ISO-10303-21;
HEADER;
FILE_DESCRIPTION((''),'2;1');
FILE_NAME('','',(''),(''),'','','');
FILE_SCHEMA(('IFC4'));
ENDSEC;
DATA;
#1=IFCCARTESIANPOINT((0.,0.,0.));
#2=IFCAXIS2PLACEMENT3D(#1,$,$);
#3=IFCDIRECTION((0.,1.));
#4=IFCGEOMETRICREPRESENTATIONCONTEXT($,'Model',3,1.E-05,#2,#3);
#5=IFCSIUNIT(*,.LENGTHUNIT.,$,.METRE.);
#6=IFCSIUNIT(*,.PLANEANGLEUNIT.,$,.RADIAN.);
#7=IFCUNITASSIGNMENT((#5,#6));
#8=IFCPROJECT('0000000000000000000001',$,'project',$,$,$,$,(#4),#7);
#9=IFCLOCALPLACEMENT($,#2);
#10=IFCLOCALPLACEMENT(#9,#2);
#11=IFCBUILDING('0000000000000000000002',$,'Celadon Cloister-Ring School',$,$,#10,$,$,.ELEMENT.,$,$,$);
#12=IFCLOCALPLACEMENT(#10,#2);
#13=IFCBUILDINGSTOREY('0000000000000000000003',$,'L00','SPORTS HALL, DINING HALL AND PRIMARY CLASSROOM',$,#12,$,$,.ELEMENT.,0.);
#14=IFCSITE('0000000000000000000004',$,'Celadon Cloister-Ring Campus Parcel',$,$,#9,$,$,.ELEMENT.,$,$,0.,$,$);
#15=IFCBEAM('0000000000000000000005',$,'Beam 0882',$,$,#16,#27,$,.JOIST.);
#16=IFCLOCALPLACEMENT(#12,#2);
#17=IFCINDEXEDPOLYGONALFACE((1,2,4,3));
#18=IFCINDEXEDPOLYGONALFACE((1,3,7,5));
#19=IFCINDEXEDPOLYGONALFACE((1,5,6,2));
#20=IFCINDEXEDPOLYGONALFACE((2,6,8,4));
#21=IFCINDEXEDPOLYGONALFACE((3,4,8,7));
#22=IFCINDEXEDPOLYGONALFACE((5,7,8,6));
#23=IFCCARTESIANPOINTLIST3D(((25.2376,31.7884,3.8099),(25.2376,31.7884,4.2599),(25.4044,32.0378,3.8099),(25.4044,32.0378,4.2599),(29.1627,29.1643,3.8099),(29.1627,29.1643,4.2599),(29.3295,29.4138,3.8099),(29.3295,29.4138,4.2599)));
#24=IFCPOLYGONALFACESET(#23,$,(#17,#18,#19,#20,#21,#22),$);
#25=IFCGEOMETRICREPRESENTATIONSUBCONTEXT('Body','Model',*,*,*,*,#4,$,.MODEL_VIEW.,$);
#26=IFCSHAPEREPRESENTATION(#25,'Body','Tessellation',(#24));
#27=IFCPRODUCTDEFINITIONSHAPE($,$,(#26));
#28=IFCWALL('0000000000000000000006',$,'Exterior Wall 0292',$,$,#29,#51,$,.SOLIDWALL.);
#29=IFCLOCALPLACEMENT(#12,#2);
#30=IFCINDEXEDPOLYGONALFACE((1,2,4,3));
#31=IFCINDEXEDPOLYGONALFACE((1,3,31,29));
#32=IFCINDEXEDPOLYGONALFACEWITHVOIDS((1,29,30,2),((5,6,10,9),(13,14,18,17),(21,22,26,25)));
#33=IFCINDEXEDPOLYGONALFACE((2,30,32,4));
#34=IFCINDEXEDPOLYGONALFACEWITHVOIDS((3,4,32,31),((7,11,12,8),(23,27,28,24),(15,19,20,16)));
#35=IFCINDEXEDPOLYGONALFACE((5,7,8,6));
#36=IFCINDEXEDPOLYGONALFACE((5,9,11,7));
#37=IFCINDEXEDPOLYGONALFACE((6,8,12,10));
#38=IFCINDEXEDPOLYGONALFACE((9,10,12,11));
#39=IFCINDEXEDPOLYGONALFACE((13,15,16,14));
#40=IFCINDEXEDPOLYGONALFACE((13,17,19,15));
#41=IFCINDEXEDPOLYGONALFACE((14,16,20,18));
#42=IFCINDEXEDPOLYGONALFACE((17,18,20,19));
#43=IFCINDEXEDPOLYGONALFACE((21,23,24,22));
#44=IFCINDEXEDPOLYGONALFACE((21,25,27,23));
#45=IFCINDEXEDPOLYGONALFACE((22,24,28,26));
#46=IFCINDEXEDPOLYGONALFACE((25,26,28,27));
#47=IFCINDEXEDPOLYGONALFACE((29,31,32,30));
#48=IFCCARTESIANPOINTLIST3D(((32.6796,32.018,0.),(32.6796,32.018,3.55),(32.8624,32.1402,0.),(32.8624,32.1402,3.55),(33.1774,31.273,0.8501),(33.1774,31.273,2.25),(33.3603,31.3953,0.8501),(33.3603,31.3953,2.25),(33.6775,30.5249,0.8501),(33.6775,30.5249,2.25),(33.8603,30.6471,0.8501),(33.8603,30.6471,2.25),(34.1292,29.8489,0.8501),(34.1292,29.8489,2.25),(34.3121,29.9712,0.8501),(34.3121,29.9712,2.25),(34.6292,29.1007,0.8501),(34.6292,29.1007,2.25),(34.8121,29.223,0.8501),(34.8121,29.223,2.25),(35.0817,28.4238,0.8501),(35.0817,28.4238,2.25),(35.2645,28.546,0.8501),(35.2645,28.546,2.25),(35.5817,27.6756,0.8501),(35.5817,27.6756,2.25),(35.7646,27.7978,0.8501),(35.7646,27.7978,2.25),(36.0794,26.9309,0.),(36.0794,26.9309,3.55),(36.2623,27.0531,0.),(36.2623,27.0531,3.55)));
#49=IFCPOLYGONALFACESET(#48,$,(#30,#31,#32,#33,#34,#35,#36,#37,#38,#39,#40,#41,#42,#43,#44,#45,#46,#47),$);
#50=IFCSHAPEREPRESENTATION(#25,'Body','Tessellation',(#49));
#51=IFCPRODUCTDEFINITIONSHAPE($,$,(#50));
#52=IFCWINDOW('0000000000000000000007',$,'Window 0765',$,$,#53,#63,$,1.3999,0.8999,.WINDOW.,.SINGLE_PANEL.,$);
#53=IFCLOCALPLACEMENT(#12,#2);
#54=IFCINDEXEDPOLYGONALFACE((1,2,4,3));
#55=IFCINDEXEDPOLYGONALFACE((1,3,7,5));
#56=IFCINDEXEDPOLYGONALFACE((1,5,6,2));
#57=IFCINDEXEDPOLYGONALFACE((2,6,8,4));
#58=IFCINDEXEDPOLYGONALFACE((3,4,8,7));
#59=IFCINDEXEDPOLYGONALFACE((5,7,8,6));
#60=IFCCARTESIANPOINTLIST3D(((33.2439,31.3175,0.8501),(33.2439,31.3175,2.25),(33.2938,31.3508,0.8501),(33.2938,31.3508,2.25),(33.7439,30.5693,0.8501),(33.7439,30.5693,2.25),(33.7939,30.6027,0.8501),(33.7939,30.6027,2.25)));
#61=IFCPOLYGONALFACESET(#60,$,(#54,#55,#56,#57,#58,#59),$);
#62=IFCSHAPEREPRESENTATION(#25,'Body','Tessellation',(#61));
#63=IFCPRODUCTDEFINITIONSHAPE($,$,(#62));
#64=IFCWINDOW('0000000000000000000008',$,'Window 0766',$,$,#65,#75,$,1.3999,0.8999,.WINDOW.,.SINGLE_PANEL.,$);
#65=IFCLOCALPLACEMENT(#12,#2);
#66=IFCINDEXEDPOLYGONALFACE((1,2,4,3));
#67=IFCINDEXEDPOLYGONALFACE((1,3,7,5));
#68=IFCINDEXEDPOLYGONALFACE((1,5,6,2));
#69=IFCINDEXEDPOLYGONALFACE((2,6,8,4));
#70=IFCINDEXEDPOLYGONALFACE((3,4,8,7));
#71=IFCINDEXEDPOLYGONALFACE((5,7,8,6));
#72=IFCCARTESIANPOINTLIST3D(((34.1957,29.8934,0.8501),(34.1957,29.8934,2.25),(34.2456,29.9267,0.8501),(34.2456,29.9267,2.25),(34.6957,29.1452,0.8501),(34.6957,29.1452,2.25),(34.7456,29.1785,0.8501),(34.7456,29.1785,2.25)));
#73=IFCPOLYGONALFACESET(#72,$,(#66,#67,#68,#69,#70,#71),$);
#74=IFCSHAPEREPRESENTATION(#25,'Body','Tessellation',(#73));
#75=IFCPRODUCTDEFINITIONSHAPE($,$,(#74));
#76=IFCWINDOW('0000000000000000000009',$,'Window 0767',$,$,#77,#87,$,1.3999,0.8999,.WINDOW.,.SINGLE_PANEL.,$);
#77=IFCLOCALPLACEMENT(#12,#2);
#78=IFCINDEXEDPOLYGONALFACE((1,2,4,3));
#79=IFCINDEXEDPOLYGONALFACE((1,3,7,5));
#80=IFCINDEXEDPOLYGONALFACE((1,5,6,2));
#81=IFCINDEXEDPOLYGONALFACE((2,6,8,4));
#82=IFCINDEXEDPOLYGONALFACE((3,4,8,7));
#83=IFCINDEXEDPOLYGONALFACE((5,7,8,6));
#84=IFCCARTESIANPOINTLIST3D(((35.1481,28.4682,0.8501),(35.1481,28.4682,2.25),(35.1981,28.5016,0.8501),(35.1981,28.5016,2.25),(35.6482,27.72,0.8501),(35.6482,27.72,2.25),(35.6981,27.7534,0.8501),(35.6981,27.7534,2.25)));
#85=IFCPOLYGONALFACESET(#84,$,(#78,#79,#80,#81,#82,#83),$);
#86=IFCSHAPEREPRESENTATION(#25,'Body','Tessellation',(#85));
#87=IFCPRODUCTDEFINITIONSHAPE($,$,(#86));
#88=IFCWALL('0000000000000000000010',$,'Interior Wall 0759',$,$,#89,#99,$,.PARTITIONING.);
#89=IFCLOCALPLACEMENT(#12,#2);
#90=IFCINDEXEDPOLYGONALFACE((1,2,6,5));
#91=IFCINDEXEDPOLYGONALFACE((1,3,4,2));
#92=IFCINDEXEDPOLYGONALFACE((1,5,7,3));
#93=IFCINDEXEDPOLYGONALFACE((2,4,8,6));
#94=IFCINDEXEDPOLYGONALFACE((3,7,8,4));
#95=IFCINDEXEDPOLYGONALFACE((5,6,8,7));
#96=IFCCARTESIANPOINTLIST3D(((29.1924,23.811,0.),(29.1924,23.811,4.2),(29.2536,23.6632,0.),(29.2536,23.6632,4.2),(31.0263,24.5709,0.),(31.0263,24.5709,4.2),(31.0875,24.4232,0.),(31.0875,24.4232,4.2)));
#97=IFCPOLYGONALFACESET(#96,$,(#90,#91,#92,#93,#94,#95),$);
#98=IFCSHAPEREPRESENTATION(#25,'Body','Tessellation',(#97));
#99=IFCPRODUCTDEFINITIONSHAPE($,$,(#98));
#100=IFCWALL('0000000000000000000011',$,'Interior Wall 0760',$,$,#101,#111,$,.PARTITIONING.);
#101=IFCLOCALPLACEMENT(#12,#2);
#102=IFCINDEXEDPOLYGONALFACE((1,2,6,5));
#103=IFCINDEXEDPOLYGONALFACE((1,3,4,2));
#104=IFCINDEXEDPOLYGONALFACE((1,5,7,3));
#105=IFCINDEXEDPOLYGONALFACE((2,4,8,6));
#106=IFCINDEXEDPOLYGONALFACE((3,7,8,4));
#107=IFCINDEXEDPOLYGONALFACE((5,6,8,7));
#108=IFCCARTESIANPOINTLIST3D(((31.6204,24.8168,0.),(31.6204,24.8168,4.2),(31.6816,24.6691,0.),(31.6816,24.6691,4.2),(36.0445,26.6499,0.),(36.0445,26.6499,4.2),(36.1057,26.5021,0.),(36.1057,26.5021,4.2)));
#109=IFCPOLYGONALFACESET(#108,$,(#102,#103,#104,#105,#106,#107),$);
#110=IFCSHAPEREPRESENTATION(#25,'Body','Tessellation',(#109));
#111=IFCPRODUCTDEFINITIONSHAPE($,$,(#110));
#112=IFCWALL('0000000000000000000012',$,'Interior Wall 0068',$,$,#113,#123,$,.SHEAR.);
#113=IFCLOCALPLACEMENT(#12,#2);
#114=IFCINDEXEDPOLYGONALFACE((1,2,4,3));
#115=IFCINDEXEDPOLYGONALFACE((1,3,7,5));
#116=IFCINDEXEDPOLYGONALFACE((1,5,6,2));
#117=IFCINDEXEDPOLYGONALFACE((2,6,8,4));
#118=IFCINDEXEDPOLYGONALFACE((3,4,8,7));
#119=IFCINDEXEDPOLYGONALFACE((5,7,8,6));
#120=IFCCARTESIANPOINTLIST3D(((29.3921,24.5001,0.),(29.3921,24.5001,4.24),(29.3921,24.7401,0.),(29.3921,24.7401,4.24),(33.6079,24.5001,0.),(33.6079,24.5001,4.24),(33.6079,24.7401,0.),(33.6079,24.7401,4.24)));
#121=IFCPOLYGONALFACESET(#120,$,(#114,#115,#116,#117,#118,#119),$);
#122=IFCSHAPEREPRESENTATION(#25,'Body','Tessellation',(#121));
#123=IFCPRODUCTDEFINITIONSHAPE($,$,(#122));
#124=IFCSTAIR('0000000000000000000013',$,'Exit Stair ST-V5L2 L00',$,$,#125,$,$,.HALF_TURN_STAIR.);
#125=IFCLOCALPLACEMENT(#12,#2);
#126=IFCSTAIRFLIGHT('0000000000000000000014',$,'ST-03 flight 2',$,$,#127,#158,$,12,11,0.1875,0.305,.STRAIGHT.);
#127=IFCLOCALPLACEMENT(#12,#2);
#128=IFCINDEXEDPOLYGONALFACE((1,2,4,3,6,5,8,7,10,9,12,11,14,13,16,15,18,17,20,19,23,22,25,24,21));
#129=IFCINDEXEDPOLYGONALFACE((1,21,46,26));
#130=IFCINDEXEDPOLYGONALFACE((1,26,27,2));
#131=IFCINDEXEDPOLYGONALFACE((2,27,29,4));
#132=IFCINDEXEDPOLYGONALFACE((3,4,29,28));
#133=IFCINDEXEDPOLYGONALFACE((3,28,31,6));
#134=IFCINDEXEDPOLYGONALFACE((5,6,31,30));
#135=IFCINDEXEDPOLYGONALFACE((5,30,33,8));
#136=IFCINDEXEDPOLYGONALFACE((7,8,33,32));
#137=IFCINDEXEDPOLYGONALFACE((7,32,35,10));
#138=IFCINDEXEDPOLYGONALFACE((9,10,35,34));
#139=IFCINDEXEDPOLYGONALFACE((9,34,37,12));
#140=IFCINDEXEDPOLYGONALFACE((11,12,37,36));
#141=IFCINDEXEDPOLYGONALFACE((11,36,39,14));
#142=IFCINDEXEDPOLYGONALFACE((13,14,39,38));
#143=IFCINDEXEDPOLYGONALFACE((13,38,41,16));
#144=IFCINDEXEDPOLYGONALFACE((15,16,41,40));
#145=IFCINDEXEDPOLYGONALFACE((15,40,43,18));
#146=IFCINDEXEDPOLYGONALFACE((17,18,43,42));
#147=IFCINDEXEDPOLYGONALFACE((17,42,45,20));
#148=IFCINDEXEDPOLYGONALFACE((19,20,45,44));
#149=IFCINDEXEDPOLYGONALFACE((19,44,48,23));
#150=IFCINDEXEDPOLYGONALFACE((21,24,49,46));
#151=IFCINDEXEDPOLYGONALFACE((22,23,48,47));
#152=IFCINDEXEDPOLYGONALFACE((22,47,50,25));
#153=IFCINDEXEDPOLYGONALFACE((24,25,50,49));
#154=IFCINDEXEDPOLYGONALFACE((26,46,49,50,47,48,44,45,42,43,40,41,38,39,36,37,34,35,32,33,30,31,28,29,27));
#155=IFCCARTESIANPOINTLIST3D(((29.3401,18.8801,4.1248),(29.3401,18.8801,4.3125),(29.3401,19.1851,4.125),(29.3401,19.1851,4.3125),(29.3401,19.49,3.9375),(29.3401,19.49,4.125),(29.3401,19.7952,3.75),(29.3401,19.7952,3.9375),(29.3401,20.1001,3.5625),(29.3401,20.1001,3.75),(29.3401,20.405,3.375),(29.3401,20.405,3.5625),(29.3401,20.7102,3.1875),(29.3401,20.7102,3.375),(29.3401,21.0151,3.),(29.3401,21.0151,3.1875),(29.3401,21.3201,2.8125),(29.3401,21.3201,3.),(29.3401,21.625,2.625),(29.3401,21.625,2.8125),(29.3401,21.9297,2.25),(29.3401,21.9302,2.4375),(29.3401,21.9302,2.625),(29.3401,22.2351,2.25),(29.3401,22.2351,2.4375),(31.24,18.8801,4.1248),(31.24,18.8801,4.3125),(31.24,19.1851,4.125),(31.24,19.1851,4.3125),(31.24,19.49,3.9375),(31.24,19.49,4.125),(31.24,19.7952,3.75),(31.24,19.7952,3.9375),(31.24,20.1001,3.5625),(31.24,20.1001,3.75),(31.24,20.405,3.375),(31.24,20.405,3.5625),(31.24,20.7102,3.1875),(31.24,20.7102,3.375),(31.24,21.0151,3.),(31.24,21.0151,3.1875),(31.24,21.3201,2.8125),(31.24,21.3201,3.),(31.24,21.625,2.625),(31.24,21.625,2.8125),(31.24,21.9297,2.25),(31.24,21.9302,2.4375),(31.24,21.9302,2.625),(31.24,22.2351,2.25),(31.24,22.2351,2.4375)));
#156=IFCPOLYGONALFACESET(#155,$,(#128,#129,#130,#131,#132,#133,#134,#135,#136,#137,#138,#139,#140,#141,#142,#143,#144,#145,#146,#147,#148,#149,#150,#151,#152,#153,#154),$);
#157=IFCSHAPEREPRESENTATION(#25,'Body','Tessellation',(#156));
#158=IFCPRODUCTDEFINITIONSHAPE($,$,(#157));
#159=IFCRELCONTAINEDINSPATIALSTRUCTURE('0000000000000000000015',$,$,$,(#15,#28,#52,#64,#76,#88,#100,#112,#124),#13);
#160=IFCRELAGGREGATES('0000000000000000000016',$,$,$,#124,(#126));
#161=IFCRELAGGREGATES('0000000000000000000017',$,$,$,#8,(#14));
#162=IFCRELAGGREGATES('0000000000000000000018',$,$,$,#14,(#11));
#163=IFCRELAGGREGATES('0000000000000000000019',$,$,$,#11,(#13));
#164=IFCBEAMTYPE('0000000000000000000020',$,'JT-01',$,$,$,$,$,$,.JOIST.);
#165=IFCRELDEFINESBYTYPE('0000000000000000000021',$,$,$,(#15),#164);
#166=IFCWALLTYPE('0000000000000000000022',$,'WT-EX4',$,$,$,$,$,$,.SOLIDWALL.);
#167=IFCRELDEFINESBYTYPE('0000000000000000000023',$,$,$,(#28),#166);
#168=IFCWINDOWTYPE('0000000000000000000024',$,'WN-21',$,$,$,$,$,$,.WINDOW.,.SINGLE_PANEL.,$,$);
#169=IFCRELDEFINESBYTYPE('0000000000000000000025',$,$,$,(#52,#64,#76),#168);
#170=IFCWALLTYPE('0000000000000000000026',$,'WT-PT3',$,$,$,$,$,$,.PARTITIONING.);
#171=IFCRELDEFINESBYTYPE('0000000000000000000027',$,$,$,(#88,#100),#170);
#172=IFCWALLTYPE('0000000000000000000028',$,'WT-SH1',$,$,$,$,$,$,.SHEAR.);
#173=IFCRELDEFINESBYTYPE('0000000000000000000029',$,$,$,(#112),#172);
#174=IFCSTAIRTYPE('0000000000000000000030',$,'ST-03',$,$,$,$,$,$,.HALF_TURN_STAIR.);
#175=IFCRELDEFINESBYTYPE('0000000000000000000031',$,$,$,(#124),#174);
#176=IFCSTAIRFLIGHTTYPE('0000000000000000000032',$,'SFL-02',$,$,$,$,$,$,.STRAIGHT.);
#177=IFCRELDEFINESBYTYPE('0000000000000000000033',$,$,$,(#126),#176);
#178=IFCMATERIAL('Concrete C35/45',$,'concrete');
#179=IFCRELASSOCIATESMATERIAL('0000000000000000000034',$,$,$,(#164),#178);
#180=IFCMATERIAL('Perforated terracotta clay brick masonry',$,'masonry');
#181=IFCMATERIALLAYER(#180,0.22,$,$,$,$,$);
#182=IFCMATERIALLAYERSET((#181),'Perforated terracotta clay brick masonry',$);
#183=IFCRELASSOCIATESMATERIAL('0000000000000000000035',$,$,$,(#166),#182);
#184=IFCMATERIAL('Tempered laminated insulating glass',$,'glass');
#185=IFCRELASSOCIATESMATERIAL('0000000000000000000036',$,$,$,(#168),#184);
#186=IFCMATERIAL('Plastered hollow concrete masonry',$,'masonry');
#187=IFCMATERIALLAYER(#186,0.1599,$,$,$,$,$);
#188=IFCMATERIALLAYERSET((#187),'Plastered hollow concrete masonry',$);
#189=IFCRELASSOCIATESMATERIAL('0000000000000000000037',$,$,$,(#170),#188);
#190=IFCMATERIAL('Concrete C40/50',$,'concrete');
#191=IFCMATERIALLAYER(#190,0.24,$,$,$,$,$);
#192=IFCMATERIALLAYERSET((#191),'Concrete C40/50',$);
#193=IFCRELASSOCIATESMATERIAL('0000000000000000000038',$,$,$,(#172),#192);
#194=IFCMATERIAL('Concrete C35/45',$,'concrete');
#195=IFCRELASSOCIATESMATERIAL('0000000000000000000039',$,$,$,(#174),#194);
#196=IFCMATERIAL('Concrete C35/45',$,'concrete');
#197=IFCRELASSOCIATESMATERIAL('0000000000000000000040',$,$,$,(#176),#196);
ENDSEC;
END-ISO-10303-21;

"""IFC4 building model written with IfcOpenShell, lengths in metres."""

from ifc_helpers import new_model, si_unit, direction, frame, frame_2d, origin, origin_2d, place, context, subcontext, project, spatial, polyline, rectangle, outline, extrude, material, layer, layer_set, material_profile, profile_set, type_object, element, fill, aggregate, save


model = new_model("IFC4")

# Units and contexts
model_context = context("Model", 3, precision=1e-05, world=origin(), true_north=direction((0.0, 1.0)))
body_context = subcontext(model_context, "Body", "Model", "MODEL_VIEW")
ifc_project = project(units=[si_unit("LENGTHUNIT", "METRE"), si_unit("PLANEANGLEUNIT", "RADIAN")], contexts=[model_context])

# Site, building, storey
site_placement = place(None, origin())
site = spatial("IfcSite", under=ifc_project, at=site_placement, Name="Celadon Cloister-Ring Campus Parcel", CompositionType="ELEMENT", RefElevation=0.0)
building_placement = place(site_placement, origin())
building = spatial("IfcBuilding", under=site, at=building_placement, Name="Celadon Cloister-Ring School", CompositionType="ELEMENT")
storey_placement = place(building_placement, origin())
storey = spatial("IfcBuildingStorey", under=building, at=storey_placement, Name="L00", Description="SPORTS HALL, DINING HALL AND PRIMARY CLASSROOM", CompositionType="ELEMENT", Elevation=0.0)

# Beam
ifc_material_1 = material(Name="Concrete C35/45", Category="concrete")
ifc_material_profile_1 = material_profile(ifc_material_1, rectangle(XDim=0.3, YDim=0.45, at=origin_2d()), Name="RC300X450")
ifc_profile_set_1 = profile_set([ifc_material_profile_1], Name="Concrete C35/45")
beam_type_1 = type_object("IfcBeamType", Name="JT-01", PredefinedType="JOIST", material=ifc_profile_set_1)
beam_1_placement = place(storey_placement, frame((29.2461, 29.2891, 4.0349), z_axis=(-0.831334, 0.555774, 0.0), x_axis=(-0.555774, -0.831334, 0.0)))
element("IfcBeam", 1, at=beam_1_placement, inside=storey, type_object=beam_type_1, Name="Beam 0882", PredefinedType="JOIST", context=body_context, shape_type="SweptSolid", body=[
    extrude(rectangle(XDim=0.3, YDim=0.45, at=origin_2d()), origin(), (0.0, 0.0, 1.0), 4.7214),
])

# Wall, openings, windows
ifc_material_2 = material(Name="Perforated terracotta clay brick masonry", Category="masonry")
ifc_layer_1 = layer(ifc_material_2, 0.22)
ifc_layer_set_1 = layer_set([ifc_layer_1], Name="Perforated terracotta clay brick masonry")
wall_type_1 = type_object("IfcWallType", Name="WT-EX4", PredefinedType="SOLIDWALL", material=ifc_layer_set_1)
wall_1_placement = place(storey_placement, frame((32.771, 32.0791, 0.0), z_axis=(0.0, 0.0, 1.0), x_axis=(0.555657, -0.831411, 0.0)))
wall_1 = element("IfcWall", 2, at=wall_1_placement, inside=storey, type_object=wall_type_1, Name="Exterior Wall 0292", PredefinedType="SOLIDWALL", context=body_context, shape_type="SweptSolid", body=[
    extrude(rectangle(XDim=6.1187, YDim=0.22, at=frame_2d((3.0593, 0.0))), origin(), (0.0, 0.0, 1.0), 3.55),
])
opening_1_placement = place(wall_1_placement, frame((0.896, 0.0, 0.8501)))
opening_1 = element("IfcOpeningElement", 3, at=opening_1_placement, cuts=wall_1, PredefinedType="OPENING", context=body_context, shape_type="SweptSolid", body=[
    extrude(rectangle(XDim=0.8999, YDim=1.3999, at=frame_2d((0.45, 0.7))), frame((0.0, 0.1201, 0.0), z_axis=(0.0, -1.0, 0.0), x_axis=(1.0, 0.0, 0.0)), (0.0, 0.0, 1.0), 0.24),
])
opening_2_placement = place(wall_1_placement, frame((2.6089, 0.0, 0.8501)))
opening_2 = element("IfcOpeningElement", 4, at=opening_2_placement, cuts=wall_1, PredefinedType="OPENING", context=body_context, shape_type="SweptSolid", body=[
    extrude(rectangle(XDim=0.8999, YDim=1.3999, at=frame_2d((0.45, 0.7))), frame((0.0, 0.1201, 0.0), z_axis=(0.0, -1.0, 0.0), x_axis=(1.0, 0.0, 0.0)), (0.0, 0.0, 1.0), 0.24),
])
opening_3_placement = place(wall_1_placement, frame((4.323, 0.0, 0.8501)))
opening_3 = element("IfcOpeningElement", 5, at=opening_3_placement, cuts=wall_1, PredefinedType="OPENING", context=body_context, shape_type="SweptSolid", body=[
    extrude(rectangle(XDim=0.8999, YDim=1.3999, at=frame_2d((0.45, 0.7))), frame((0.0, 0.1201, 0.0), z_axis=(0.0, -1.0, 0.0), x_axis=(1.0, 0.0, 0.0)), (0.0, 0.0, 1.0), 0.24),
])
ifc_material_3 = material(Name="Tempered laminated insulating glass", Category="glass")
window_type = type_object("IfcWindowType", Name="WN-21", PartitioningType="SINGLE_PANEL", PredefinedType="WINDOW", material=ifc_material_3)
window_1_placement = place(opening_1_placement, origin())
window_1 = element("IfcWindow", 6, at=window_1_placement, inside=storey, type_object=window_type, Name="Window 0765", OverallHeight=1.3999, OverallWidth=0.8999, PartitioningType="SINGLE_PANEL", PredefinedType="WINDOW", context=body_context, shape_type="SweptSolid", body=[
    extrude(rectangle(XDim=0.8999, YDim=1.3999, at=frame_2d((0.45, 0.7))), frame((0.0, 0.03, 0.0), z_axis=(0.0, -1.0, 0.0), x_axis=(1.0, 0.0, 0.0)), (0.0, 0.0, 1.0), 0.0601),
])
fill(opening_1, window_1)
window_2_placement = place(opening_2_placement, origin())
window_2 = element("IfcWindow", 7, at=window_2_placement, inside=storey, type_object=window_type, Name="Window 0766", OverallHeight=1.3999, OverallWidth=0.8999, PartitioningType="SINGLE_PANEL", PredefinedType="WINDOW", context=body_context, shape_type="SweptSolid", body=[
    extrude(rectangle(XDim=0.8999, YDim=1.3999, at=frame_2d((0.45, 0.7))), frame((0.0, 0.03, 0.0), z_axis=(0.0, -1.0, 0.0), x_axis=(1.0, 0.0, 0.0)), (0.0, 0.0, 1.0), 0.0601),
])
fill(opening_2, window_2)
window_3_placement = place(opening_3_placement, origin())
window_3 = element("IfcWindow", 8, at=window_3_placement, inside=storey, type_object=window_type, Name="Window 0767", OverallHeight=1.3999, OverallWidth=0.8999, PartitioningType="SINGLE_PANEL", PredefinedType="WINDOW", context=body_context, shape_type="SweptSolid", body=[
    extrude(rectangle(XDim=0.8999, YDim=1.3999, at=frame_2d((0.45, 0.7))), frame((0.0, 0.03, 0.0), z_axis=(0.0, -1.0, 0.0), x_axis=(1.0, 0.0, 0.0)), (0.0, 0.0, 1.0), 0.0601),
])
fill(opening_3, window_3)

# Walls
ifc_material_4 = material(Name="Plastered hollow concrete masonry", Category="masonry")
ifc_layer_2 = layer(ifc_material_4, 0.1599)
ifc_layer_set_2 = layer_set([ifc_layer_2], Name="Plastered hollow concrete masonry")
wall_type_2 = type_object("IfcWallType", Name="WT-PT3", PredefinedType="PARTITIONING", material=ifc_layer_set_2)
wall_2_placement = place(storey_placement, frame((29.2229, 23.7371, 0.0), z_axis=(0.0, 0.0, 1.0), x_axis=(0.923817, 0.382833, 0.0)))
element("IfcWall", 9, at=wall_2_placement, inside=storey, type_object=wall_type_2, Name="Interior Wall 0759", PredefinedType="PARTITIONING", context=body_context, shape_type="SweptSolid", body=[
    extrude(rectangle(XDim=1.9851, YDim=0.1599, at=frame_2d((0.9927, 0.0))), origin(), (0.0, 0.0, 1.0), 4.2),
])
wall_3_placement = place(storey_placement, frame((31.6509, 24.7429, 0.0), z_axis=(0.0, 0.0, 1.0), x_axis=(0.923843, 0.382772, 0.0)))
element("IfcWall", 10, at=wall_3_placement, inside=storey, type_object=wall_type_2, Name="Interior Wall 0760", PredefinedType="PARTITIONING", context=body_context, shape_type="SweptSolid", body=[
    extrude(rectangle(XDim=4.7888, YDim=0.1599, at=frame_2d((2.3945, 0.0))), origin(), (0.0, 0.0, 1.0), 4.2),
])
ifc_material_5 = material(Name="Concrete C40/50", Category="concrete")
ifc_layer_3 = layer(ifc_material_5, 0.24)
ifc_layer_set_3 = layer_set([ifc_layer_3], Name="Concrete C40/50")
wall_type_3 = type_object("IfcWallType", Name="WT-SH1", PredefinedType="SHEAR", material=ifc_layer_set_3)
wall_4_placement = place(storey_placement, frame((33.6079, 24.6201, 0.0), z_axis=(0.0, 0.0, 1.0), x_axis=(-1.0, 0.0, 0.0)))
element("IfcWall", 11, at=wall_4_placement, inside=storey, type_object=wall_type_3, Name="Interior Wall 0068", PredefinedType="SHEAR", context=body_context, shape_type="SweptSolid", body=[
    extrude(rectangle(XDim=4.2158, YDim=0.24, at=frame_2d((2.1079, 0.0))), origin(), (0.0, 0.0, 1.0), 4.24),
])

# Stair, stair flight
ifc_material_6 = material(Name="Concrete C35/45", Category="concrete")
stair_type = type_object("IfcStairType", Name="ST-03", PredefinedType="HALF_TURN_STAIR", material=ifc_material_6)
stair_placement = place(storey_placement, origin())
stair = element("IfcStair", 12, at=stair_placement, inside=storey, type_object=stair_type, Name="Exit Stair ST-V5L2 L00", PredefinedType="HALF_TURN_STAIR")
ifc_material_7 = material(Name="Concrete C35/45", Category="concrete")
stair_flight_type = type_object("IfcStairFlightType", Name="SFL-02", PredefinedType="STRAIGHT", material=ifc_material_7)
stair_flight_placement = place(storey_placement, frame((30.29, 22.2351, 2.25), z_axis=(0.0, 0.0, 1.0), x_axis=(0.0, -1.0, 0.0)))
stair_flight = element("IfcStairFlight", 13, at=stair_flight_placement, type_object=stair_flight_type, Name="ST-03 flight 2", NumberOfRisers=12, NumberOfTreads=11, PredefinedType="STRAIGHT", RiserHeight=0.1875, TreadLength=0.305, context=body_context, shape_type="SweptSolid", body=[
    extrude(outline(polyline([(0.0, 0.0), (0.0, 0.1875), (0.3049, 0.1875), (0.3049, 0.375), (0.6101, 0.375), (0.6101, 0.5625), (0.915, 0.5625), (0.915, 0.75), (1.22, 0.75), (1.22, 0.9375), (1.5249, 0.9375), (1.5249, 1.125), (1.8301, 1.125), (1.8301, 1.3125), (2.135, 1.3125), (2.135, 1.5), (2.4399, 1.5), (2.4399, 1.6875), (2.7451, 1.6875), (2.7451, 1.875), (3.05, 1.875), (3.05, 2.0625), (3.355, 2.0625), (3.355, 2.25), (3.355, 1.8748), (0.3054, 0.0), (0.0, 0.0)])), frame((0.0, 0.95, 0.0), z_axis=(0.0, -1.0, 0.0), x_axis=(1.0, 0.0, 0.0)), (0.0, 0.0, 1.0), 1.8999),
])
aggregate(stair, [stair_flight])

save(model, "model.ifc")
